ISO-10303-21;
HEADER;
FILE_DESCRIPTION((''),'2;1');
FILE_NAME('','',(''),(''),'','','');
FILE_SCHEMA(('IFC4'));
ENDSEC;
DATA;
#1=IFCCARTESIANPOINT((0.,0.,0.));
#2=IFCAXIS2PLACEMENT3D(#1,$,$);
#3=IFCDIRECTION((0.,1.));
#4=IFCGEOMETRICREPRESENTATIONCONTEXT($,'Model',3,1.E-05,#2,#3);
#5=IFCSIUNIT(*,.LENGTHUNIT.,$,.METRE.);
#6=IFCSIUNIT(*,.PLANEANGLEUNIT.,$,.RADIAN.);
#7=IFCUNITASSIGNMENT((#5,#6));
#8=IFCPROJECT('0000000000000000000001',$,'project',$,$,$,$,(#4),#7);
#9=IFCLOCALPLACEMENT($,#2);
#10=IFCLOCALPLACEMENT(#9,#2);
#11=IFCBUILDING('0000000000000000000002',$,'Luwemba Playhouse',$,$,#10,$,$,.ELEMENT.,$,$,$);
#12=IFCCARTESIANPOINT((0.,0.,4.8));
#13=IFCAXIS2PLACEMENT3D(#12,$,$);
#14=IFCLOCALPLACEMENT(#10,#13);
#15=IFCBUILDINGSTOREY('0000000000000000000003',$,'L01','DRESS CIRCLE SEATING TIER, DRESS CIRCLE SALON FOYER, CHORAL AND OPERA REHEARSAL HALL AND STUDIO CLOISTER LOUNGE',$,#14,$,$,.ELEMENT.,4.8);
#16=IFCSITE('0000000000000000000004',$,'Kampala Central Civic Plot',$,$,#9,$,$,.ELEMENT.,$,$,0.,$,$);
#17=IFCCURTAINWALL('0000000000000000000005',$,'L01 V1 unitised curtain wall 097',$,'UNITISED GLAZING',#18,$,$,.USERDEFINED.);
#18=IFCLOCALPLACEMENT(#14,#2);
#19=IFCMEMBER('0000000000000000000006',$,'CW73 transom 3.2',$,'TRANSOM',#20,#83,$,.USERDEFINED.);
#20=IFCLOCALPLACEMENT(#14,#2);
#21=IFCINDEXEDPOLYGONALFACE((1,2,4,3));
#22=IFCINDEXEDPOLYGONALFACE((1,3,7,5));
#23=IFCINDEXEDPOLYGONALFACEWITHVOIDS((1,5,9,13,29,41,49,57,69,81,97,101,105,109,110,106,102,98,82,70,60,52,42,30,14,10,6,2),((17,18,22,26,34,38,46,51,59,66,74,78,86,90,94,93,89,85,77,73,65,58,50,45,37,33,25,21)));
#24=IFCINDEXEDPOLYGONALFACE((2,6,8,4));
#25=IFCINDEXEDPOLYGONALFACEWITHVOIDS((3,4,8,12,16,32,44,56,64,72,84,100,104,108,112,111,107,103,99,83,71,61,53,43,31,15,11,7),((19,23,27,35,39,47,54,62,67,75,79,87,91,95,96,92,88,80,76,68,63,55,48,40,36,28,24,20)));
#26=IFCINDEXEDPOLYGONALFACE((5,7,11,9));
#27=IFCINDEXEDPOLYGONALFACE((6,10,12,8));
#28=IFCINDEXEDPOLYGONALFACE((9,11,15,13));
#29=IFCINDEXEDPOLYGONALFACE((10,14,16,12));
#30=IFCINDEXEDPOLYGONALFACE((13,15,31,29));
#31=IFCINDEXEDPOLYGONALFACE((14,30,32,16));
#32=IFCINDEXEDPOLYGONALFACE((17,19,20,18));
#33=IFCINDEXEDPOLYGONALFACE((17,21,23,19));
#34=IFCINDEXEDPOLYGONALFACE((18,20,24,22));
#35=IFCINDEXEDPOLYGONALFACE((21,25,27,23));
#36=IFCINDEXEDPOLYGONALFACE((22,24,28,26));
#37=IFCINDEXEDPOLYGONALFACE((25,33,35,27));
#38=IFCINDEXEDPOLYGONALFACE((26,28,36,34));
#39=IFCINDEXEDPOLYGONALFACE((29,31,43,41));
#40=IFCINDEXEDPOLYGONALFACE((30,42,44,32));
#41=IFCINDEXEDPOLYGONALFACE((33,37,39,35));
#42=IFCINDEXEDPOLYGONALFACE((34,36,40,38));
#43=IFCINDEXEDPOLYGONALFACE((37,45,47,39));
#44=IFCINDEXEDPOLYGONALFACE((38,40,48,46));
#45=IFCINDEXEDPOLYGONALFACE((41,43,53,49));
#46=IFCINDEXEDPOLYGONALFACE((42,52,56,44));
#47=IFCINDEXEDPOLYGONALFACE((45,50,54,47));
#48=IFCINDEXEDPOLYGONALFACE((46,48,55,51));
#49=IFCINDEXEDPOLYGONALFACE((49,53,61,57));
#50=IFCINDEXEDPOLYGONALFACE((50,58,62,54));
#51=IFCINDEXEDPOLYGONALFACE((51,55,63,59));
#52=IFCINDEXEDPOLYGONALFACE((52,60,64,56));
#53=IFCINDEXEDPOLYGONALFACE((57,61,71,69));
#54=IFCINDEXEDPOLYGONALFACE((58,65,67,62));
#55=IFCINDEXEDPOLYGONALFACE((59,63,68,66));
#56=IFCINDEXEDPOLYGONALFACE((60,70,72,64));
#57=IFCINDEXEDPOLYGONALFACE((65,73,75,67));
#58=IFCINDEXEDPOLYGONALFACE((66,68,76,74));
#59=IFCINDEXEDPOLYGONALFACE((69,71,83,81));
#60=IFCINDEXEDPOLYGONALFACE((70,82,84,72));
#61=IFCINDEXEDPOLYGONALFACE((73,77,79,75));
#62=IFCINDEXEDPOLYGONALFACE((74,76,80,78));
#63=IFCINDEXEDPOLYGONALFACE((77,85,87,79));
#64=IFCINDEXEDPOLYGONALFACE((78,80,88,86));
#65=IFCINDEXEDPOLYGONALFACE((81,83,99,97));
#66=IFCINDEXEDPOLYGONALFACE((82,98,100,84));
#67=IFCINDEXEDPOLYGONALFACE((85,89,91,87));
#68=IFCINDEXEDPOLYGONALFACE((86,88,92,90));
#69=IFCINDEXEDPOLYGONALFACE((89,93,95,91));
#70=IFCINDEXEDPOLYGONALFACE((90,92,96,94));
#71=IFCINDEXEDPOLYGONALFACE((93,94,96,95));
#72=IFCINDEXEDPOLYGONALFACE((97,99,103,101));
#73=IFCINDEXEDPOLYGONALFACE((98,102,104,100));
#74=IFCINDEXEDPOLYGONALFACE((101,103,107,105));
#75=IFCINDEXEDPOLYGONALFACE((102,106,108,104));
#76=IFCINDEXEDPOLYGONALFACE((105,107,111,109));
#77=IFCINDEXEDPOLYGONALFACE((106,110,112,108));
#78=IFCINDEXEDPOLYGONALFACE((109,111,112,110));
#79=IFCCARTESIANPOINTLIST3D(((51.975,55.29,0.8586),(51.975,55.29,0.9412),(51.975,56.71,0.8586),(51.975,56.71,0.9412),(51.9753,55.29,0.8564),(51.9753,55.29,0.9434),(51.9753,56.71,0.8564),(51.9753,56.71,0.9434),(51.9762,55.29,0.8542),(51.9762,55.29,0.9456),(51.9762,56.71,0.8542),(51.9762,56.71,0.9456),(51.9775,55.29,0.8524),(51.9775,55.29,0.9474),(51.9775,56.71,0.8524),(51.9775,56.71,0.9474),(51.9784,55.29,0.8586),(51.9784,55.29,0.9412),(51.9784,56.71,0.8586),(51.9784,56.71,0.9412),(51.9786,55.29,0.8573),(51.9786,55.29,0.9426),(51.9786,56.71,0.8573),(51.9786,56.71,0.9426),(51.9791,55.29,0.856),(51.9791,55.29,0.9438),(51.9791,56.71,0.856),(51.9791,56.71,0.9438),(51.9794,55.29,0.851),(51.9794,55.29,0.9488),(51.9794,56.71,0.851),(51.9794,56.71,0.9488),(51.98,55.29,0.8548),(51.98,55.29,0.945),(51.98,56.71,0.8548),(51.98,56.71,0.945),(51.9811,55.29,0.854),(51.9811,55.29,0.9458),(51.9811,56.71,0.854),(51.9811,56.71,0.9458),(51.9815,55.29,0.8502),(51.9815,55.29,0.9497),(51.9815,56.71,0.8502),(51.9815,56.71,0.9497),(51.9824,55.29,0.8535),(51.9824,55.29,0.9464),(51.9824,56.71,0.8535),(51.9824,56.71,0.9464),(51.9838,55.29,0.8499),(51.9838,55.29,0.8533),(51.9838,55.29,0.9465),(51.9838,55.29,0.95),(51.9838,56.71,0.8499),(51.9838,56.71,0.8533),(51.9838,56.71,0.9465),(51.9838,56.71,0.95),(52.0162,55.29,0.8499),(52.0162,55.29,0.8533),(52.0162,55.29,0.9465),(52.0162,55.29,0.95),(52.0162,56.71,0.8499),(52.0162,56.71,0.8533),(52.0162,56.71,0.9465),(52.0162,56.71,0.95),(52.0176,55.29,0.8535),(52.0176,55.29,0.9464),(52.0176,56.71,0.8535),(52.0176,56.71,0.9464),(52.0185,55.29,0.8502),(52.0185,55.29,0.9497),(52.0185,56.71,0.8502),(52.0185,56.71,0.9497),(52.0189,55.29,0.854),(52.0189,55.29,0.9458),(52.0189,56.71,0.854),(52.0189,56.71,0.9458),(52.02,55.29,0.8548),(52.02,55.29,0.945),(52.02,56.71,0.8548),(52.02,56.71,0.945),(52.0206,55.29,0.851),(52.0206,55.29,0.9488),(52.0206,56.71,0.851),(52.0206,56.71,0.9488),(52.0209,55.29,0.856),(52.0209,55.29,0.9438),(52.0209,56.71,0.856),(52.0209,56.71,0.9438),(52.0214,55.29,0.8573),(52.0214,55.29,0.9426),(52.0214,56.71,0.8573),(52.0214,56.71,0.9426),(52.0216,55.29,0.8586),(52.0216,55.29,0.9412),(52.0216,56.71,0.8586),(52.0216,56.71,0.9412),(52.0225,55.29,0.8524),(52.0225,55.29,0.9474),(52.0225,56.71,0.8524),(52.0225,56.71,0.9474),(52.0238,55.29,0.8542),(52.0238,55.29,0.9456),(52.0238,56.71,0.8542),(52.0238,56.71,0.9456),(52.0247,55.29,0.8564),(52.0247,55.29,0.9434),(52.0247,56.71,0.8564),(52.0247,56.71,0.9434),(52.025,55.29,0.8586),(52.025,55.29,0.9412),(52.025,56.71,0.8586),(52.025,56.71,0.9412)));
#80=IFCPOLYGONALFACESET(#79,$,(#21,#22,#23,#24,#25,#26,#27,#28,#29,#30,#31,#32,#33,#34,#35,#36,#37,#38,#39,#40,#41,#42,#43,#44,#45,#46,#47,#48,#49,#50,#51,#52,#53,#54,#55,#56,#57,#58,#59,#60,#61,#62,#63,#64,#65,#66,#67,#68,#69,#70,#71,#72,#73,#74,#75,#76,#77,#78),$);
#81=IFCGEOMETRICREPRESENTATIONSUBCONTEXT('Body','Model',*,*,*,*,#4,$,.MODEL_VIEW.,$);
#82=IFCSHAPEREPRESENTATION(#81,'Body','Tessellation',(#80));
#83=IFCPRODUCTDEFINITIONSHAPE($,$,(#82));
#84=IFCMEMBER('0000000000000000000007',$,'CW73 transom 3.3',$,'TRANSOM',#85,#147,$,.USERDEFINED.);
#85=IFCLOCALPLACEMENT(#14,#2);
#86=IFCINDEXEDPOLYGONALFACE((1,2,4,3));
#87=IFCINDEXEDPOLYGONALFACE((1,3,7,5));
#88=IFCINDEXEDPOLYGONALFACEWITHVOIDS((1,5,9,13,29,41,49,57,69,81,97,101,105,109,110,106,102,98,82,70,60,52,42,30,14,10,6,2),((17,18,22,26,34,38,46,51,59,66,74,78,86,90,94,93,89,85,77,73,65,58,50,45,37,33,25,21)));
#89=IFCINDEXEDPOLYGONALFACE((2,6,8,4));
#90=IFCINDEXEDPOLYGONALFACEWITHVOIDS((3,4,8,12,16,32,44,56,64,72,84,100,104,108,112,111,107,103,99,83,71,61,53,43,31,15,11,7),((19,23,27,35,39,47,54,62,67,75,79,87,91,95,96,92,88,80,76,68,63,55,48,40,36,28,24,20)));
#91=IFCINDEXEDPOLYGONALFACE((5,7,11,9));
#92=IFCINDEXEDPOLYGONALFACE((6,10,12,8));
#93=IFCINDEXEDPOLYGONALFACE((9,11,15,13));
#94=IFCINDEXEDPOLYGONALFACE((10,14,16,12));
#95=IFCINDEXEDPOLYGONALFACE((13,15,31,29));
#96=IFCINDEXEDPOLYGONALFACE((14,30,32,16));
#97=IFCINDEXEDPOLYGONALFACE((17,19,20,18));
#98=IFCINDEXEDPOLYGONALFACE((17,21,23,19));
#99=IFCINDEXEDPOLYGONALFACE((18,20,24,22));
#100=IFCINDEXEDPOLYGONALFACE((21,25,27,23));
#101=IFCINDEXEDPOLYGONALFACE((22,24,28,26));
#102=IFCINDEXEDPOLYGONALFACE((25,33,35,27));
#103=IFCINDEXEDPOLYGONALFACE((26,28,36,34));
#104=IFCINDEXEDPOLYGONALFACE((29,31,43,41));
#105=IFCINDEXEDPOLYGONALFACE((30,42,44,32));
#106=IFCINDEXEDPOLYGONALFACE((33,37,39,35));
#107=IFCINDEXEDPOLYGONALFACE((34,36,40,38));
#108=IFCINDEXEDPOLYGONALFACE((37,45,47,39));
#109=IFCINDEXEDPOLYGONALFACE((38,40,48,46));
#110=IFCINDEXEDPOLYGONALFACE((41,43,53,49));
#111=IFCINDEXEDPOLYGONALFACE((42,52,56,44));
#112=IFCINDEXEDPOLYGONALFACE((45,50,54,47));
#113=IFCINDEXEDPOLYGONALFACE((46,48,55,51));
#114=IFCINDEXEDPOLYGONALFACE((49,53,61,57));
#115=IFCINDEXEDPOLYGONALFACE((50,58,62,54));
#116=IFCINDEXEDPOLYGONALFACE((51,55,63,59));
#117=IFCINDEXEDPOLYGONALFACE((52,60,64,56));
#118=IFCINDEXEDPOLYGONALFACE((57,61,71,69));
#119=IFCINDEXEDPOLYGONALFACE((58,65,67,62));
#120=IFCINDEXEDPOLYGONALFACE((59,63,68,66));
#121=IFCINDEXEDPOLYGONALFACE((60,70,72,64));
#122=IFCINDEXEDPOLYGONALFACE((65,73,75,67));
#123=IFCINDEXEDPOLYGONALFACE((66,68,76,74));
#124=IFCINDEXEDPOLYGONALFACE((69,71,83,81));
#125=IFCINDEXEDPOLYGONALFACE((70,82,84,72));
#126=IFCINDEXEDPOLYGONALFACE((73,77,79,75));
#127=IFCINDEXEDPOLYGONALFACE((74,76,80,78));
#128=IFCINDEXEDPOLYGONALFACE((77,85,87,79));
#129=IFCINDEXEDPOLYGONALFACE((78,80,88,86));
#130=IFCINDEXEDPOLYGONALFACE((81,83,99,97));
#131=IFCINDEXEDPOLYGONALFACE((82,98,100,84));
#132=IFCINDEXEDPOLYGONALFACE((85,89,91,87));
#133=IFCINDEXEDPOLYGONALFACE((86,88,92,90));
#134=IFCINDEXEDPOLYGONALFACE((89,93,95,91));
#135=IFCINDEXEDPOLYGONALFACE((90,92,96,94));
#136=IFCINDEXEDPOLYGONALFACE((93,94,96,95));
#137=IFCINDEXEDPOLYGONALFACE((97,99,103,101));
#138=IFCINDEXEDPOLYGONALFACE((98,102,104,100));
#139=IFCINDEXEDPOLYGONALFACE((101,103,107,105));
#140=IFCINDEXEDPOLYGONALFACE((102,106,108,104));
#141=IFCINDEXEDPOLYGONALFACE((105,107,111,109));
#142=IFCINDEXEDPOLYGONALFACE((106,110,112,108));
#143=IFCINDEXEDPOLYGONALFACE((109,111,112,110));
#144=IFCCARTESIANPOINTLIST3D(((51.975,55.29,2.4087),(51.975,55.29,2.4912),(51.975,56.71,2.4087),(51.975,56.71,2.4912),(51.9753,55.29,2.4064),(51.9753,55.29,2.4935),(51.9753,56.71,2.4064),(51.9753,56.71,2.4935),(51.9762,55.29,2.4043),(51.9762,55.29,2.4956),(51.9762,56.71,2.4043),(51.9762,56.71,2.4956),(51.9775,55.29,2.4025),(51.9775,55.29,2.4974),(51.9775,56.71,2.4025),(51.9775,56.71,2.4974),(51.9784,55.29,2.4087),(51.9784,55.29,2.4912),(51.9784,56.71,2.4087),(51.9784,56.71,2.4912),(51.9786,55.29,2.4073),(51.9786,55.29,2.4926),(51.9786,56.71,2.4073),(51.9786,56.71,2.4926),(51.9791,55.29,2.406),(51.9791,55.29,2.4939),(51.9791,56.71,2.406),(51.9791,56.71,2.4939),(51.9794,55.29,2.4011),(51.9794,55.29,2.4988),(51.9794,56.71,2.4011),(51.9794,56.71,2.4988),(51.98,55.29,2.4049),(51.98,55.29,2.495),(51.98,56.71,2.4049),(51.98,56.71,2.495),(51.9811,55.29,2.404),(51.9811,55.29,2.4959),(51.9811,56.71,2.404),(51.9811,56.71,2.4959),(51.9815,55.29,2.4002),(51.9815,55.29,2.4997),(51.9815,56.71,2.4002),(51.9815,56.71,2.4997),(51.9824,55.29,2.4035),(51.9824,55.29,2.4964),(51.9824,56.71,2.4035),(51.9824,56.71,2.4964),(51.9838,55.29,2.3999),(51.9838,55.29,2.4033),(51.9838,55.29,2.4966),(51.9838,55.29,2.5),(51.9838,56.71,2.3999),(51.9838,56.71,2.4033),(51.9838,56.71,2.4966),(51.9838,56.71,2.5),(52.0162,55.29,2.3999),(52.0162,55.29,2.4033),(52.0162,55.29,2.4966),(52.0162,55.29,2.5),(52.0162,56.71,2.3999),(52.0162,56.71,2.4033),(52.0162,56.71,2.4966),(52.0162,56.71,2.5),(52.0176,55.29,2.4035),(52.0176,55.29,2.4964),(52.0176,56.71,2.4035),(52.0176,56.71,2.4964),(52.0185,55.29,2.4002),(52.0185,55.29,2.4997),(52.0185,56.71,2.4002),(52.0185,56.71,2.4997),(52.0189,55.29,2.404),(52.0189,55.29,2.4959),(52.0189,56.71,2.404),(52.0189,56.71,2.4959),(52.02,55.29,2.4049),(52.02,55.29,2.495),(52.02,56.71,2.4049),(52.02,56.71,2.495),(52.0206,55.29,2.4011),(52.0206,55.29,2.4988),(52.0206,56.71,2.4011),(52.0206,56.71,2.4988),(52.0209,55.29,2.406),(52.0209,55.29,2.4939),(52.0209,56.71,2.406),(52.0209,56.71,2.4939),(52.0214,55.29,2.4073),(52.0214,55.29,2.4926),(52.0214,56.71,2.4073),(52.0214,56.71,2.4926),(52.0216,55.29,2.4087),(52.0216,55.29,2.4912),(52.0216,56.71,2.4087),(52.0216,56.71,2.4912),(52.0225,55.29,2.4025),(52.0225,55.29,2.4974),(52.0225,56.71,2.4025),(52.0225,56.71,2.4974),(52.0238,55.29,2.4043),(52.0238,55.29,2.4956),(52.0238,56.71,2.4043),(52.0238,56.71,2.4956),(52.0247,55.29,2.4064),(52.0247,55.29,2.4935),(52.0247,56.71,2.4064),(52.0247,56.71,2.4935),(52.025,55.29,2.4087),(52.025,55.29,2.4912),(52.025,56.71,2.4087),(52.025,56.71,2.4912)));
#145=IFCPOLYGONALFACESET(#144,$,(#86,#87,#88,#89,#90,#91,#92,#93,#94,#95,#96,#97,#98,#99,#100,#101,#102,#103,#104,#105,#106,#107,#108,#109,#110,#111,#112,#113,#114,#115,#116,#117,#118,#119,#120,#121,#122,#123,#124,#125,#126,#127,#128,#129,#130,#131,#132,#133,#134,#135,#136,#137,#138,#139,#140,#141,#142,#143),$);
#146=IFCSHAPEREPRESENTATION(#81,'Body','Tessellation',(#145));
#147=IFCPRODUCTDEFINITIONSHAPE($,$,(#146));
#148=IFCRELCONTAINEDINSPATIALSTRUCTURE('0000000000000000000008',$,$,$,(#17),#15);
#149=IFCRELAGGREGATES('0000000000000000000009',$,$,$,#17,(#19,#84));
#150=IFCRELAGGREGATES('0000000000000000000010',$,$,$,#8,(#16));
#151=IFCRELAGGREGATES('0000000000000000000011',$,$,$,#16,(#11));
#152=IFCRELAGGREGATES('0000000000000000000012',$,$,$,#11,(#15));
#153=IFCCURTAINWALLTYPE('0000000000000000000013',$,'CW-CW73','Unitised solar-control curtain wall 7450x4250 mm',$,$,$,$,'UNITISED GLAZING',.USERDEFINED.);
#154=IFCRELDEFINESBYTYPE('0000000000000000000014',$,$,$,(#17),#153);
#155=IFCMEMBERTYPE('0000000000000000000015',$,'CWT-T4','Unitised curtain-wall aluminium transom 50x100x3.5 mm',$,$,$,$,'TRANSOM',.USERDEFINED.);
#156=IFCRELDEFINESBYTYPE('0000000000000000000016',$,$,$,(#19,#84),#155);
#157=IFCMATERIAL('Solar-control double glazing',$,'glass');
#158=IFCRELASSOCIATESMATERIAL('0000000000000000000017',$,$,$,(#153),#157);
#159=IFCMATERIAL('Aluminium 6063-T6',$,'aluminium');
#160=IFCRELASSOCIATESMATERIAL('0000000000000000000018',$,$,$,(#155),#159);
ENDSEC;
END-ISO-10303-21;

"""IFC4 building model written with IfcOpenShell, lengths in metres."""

from ifc_helpers import new_model, si_unit, direction, frame, origin, origin_2d, place, context, subcontext, project, spatial, hollow_rectangle, extrude, material, material_profile, profile_set, type_object, element, aggregate, save


model = new_model("IFC4")

# Units and contexts
model_context = context("Model", 3, precision=1e-05, world=origin(), true_north=direction((0.0, 1.0)))
body_context = subcontext(model_context, "Body", "Model", "MODEL_VIEW")
ifc_project = project(units=[si_unit("LENGTHUNIT", "METRE"), si_unit("PLANEANGLEUNIT", "RADIAN")], contexts=[model_context])

# Site, building, storey
site_placement = place(None, origin())
site = spatial("IfcSite", under=ifc_project, at=site_placement, Name="Kampala Central Civic Plot", CompositionType="ELEMENT", RefElevation=0.0)
building_placement = place(site_placement, origin())
building = spatial("IfcBuilding", under=site, at=building_placement, Name="Luwemba Playhouse", CompositionType="ELEMENT")
storey_placement = place(building_placement, frame((0.0, 0.0, 4.8)))
storey = spatial("IfcBuildingStorey", under=building, at=storey_placement, Name="L01", Description="DRESS CIRCLE SEATING TIER, DRESS CIRCLE SALON FOYER, CHORAL AND OPERA REHEARSAL HALL AND STUDIO CLOISTER LOUNGE", CompositionType="ELEMENT", Elevation=4.8)

# Curtain wall, members
ifc_material_1 = material(Name="Solar-control double glazing", Category="glass")
curtain_wall_type = type_object("IfcCurtainWallType", Name="CW-CW73", Description="Unitised solar-control curtain wall 7450x4250 mm", ElementType="UNITISED GLAZING", PredefinedType="USERDEFINED", material=ifc_material_1)
curtain_wall_placement = place(storey_placement, origin())
curtain_wall = element("IfcCurtainWall", 1, at=curtain_wall_placement, inside=storey, type_object=curtain_wall_type, Name="L01 V1 unitised curtain wall 097", ObjectType="UNITISED GLAZING", PredefinedType="USERDEFINED")
ifc_material_2 = material(Name="Aluminium 6063-T6", Category="aluminium")
ifc_material_profile_1 = material_profile(ifc_material_2, hollow_rectangle(XDim=0.05, YDim=0.1001, WallThickness=0.0034, InnerFilletRadius=0.0054, OuterFilletRadius=0.0088, at=origin_2d()))
ifc_profile_set_1 = profile_set([ifc_material_profile_1], Name="Aluminium 6063-T6")
member_type_1 = type_object("IfcMemberType", Name="CWT-T4", Description="Unitised curtain-wall aluminium transom 50x100x3.5 mm", ElementType="TRANSOM", PredefinedType="USERDEFINED", material=ifc_profile_set_1)
member_1_placement = place(storey_placement, frame((52.0, 56.71, 0.8999), z_axis=(0.0, -1.0, 0.0), x_axis=(1.0, 0.0, 0.0)))
member_1 = element("IfcMember", 2, at=member_1_placement, type_object=member_type_1, Name="CW73 transom 3.2", ObjectType="TRANSOM", PredefinedType="USERDEFINED", context=body_context, shape_type="SweptSolid", body=[
    extrude(hollow_rectangle(XDim=0.05, YDim=0.1001, WallThickness=0.0034, InnerFilletRadius=0.0054, OuterFilletRadius=0.0088, at=origin_2d()), origin(), (0.0, 0.0, 1.0), 1.4199),
])
member_2_placement = place(storey_placement, frame((52.0, 56.71, 2.45), z_axis=(0.0, -1.0, 0.0), x_axis=(1.0, 0.0, 0.0)))
member_2 = element("IfcMember", 3, at=member_2_placement, type_object=member_type_1, Name="CW73 transom 3.3", ObjectType="TRANSOM", PredefinedType="USERDEFINED", context=body_context, shape_type="SweptSolid", body=[
    extrude(hollow_rectangle(XDim=0.05, YDim=0.1001, WallThickness=0.0034, InnerFilletRadius=0.0054, OuterFilletRadius=0.0088, at=origin_2d()), origin(), (0.0, 0.0, 1.0), 1.4199),
])
aggregate(curtain_wall, [member_1, member_2])

save(model, "model.ifc")
